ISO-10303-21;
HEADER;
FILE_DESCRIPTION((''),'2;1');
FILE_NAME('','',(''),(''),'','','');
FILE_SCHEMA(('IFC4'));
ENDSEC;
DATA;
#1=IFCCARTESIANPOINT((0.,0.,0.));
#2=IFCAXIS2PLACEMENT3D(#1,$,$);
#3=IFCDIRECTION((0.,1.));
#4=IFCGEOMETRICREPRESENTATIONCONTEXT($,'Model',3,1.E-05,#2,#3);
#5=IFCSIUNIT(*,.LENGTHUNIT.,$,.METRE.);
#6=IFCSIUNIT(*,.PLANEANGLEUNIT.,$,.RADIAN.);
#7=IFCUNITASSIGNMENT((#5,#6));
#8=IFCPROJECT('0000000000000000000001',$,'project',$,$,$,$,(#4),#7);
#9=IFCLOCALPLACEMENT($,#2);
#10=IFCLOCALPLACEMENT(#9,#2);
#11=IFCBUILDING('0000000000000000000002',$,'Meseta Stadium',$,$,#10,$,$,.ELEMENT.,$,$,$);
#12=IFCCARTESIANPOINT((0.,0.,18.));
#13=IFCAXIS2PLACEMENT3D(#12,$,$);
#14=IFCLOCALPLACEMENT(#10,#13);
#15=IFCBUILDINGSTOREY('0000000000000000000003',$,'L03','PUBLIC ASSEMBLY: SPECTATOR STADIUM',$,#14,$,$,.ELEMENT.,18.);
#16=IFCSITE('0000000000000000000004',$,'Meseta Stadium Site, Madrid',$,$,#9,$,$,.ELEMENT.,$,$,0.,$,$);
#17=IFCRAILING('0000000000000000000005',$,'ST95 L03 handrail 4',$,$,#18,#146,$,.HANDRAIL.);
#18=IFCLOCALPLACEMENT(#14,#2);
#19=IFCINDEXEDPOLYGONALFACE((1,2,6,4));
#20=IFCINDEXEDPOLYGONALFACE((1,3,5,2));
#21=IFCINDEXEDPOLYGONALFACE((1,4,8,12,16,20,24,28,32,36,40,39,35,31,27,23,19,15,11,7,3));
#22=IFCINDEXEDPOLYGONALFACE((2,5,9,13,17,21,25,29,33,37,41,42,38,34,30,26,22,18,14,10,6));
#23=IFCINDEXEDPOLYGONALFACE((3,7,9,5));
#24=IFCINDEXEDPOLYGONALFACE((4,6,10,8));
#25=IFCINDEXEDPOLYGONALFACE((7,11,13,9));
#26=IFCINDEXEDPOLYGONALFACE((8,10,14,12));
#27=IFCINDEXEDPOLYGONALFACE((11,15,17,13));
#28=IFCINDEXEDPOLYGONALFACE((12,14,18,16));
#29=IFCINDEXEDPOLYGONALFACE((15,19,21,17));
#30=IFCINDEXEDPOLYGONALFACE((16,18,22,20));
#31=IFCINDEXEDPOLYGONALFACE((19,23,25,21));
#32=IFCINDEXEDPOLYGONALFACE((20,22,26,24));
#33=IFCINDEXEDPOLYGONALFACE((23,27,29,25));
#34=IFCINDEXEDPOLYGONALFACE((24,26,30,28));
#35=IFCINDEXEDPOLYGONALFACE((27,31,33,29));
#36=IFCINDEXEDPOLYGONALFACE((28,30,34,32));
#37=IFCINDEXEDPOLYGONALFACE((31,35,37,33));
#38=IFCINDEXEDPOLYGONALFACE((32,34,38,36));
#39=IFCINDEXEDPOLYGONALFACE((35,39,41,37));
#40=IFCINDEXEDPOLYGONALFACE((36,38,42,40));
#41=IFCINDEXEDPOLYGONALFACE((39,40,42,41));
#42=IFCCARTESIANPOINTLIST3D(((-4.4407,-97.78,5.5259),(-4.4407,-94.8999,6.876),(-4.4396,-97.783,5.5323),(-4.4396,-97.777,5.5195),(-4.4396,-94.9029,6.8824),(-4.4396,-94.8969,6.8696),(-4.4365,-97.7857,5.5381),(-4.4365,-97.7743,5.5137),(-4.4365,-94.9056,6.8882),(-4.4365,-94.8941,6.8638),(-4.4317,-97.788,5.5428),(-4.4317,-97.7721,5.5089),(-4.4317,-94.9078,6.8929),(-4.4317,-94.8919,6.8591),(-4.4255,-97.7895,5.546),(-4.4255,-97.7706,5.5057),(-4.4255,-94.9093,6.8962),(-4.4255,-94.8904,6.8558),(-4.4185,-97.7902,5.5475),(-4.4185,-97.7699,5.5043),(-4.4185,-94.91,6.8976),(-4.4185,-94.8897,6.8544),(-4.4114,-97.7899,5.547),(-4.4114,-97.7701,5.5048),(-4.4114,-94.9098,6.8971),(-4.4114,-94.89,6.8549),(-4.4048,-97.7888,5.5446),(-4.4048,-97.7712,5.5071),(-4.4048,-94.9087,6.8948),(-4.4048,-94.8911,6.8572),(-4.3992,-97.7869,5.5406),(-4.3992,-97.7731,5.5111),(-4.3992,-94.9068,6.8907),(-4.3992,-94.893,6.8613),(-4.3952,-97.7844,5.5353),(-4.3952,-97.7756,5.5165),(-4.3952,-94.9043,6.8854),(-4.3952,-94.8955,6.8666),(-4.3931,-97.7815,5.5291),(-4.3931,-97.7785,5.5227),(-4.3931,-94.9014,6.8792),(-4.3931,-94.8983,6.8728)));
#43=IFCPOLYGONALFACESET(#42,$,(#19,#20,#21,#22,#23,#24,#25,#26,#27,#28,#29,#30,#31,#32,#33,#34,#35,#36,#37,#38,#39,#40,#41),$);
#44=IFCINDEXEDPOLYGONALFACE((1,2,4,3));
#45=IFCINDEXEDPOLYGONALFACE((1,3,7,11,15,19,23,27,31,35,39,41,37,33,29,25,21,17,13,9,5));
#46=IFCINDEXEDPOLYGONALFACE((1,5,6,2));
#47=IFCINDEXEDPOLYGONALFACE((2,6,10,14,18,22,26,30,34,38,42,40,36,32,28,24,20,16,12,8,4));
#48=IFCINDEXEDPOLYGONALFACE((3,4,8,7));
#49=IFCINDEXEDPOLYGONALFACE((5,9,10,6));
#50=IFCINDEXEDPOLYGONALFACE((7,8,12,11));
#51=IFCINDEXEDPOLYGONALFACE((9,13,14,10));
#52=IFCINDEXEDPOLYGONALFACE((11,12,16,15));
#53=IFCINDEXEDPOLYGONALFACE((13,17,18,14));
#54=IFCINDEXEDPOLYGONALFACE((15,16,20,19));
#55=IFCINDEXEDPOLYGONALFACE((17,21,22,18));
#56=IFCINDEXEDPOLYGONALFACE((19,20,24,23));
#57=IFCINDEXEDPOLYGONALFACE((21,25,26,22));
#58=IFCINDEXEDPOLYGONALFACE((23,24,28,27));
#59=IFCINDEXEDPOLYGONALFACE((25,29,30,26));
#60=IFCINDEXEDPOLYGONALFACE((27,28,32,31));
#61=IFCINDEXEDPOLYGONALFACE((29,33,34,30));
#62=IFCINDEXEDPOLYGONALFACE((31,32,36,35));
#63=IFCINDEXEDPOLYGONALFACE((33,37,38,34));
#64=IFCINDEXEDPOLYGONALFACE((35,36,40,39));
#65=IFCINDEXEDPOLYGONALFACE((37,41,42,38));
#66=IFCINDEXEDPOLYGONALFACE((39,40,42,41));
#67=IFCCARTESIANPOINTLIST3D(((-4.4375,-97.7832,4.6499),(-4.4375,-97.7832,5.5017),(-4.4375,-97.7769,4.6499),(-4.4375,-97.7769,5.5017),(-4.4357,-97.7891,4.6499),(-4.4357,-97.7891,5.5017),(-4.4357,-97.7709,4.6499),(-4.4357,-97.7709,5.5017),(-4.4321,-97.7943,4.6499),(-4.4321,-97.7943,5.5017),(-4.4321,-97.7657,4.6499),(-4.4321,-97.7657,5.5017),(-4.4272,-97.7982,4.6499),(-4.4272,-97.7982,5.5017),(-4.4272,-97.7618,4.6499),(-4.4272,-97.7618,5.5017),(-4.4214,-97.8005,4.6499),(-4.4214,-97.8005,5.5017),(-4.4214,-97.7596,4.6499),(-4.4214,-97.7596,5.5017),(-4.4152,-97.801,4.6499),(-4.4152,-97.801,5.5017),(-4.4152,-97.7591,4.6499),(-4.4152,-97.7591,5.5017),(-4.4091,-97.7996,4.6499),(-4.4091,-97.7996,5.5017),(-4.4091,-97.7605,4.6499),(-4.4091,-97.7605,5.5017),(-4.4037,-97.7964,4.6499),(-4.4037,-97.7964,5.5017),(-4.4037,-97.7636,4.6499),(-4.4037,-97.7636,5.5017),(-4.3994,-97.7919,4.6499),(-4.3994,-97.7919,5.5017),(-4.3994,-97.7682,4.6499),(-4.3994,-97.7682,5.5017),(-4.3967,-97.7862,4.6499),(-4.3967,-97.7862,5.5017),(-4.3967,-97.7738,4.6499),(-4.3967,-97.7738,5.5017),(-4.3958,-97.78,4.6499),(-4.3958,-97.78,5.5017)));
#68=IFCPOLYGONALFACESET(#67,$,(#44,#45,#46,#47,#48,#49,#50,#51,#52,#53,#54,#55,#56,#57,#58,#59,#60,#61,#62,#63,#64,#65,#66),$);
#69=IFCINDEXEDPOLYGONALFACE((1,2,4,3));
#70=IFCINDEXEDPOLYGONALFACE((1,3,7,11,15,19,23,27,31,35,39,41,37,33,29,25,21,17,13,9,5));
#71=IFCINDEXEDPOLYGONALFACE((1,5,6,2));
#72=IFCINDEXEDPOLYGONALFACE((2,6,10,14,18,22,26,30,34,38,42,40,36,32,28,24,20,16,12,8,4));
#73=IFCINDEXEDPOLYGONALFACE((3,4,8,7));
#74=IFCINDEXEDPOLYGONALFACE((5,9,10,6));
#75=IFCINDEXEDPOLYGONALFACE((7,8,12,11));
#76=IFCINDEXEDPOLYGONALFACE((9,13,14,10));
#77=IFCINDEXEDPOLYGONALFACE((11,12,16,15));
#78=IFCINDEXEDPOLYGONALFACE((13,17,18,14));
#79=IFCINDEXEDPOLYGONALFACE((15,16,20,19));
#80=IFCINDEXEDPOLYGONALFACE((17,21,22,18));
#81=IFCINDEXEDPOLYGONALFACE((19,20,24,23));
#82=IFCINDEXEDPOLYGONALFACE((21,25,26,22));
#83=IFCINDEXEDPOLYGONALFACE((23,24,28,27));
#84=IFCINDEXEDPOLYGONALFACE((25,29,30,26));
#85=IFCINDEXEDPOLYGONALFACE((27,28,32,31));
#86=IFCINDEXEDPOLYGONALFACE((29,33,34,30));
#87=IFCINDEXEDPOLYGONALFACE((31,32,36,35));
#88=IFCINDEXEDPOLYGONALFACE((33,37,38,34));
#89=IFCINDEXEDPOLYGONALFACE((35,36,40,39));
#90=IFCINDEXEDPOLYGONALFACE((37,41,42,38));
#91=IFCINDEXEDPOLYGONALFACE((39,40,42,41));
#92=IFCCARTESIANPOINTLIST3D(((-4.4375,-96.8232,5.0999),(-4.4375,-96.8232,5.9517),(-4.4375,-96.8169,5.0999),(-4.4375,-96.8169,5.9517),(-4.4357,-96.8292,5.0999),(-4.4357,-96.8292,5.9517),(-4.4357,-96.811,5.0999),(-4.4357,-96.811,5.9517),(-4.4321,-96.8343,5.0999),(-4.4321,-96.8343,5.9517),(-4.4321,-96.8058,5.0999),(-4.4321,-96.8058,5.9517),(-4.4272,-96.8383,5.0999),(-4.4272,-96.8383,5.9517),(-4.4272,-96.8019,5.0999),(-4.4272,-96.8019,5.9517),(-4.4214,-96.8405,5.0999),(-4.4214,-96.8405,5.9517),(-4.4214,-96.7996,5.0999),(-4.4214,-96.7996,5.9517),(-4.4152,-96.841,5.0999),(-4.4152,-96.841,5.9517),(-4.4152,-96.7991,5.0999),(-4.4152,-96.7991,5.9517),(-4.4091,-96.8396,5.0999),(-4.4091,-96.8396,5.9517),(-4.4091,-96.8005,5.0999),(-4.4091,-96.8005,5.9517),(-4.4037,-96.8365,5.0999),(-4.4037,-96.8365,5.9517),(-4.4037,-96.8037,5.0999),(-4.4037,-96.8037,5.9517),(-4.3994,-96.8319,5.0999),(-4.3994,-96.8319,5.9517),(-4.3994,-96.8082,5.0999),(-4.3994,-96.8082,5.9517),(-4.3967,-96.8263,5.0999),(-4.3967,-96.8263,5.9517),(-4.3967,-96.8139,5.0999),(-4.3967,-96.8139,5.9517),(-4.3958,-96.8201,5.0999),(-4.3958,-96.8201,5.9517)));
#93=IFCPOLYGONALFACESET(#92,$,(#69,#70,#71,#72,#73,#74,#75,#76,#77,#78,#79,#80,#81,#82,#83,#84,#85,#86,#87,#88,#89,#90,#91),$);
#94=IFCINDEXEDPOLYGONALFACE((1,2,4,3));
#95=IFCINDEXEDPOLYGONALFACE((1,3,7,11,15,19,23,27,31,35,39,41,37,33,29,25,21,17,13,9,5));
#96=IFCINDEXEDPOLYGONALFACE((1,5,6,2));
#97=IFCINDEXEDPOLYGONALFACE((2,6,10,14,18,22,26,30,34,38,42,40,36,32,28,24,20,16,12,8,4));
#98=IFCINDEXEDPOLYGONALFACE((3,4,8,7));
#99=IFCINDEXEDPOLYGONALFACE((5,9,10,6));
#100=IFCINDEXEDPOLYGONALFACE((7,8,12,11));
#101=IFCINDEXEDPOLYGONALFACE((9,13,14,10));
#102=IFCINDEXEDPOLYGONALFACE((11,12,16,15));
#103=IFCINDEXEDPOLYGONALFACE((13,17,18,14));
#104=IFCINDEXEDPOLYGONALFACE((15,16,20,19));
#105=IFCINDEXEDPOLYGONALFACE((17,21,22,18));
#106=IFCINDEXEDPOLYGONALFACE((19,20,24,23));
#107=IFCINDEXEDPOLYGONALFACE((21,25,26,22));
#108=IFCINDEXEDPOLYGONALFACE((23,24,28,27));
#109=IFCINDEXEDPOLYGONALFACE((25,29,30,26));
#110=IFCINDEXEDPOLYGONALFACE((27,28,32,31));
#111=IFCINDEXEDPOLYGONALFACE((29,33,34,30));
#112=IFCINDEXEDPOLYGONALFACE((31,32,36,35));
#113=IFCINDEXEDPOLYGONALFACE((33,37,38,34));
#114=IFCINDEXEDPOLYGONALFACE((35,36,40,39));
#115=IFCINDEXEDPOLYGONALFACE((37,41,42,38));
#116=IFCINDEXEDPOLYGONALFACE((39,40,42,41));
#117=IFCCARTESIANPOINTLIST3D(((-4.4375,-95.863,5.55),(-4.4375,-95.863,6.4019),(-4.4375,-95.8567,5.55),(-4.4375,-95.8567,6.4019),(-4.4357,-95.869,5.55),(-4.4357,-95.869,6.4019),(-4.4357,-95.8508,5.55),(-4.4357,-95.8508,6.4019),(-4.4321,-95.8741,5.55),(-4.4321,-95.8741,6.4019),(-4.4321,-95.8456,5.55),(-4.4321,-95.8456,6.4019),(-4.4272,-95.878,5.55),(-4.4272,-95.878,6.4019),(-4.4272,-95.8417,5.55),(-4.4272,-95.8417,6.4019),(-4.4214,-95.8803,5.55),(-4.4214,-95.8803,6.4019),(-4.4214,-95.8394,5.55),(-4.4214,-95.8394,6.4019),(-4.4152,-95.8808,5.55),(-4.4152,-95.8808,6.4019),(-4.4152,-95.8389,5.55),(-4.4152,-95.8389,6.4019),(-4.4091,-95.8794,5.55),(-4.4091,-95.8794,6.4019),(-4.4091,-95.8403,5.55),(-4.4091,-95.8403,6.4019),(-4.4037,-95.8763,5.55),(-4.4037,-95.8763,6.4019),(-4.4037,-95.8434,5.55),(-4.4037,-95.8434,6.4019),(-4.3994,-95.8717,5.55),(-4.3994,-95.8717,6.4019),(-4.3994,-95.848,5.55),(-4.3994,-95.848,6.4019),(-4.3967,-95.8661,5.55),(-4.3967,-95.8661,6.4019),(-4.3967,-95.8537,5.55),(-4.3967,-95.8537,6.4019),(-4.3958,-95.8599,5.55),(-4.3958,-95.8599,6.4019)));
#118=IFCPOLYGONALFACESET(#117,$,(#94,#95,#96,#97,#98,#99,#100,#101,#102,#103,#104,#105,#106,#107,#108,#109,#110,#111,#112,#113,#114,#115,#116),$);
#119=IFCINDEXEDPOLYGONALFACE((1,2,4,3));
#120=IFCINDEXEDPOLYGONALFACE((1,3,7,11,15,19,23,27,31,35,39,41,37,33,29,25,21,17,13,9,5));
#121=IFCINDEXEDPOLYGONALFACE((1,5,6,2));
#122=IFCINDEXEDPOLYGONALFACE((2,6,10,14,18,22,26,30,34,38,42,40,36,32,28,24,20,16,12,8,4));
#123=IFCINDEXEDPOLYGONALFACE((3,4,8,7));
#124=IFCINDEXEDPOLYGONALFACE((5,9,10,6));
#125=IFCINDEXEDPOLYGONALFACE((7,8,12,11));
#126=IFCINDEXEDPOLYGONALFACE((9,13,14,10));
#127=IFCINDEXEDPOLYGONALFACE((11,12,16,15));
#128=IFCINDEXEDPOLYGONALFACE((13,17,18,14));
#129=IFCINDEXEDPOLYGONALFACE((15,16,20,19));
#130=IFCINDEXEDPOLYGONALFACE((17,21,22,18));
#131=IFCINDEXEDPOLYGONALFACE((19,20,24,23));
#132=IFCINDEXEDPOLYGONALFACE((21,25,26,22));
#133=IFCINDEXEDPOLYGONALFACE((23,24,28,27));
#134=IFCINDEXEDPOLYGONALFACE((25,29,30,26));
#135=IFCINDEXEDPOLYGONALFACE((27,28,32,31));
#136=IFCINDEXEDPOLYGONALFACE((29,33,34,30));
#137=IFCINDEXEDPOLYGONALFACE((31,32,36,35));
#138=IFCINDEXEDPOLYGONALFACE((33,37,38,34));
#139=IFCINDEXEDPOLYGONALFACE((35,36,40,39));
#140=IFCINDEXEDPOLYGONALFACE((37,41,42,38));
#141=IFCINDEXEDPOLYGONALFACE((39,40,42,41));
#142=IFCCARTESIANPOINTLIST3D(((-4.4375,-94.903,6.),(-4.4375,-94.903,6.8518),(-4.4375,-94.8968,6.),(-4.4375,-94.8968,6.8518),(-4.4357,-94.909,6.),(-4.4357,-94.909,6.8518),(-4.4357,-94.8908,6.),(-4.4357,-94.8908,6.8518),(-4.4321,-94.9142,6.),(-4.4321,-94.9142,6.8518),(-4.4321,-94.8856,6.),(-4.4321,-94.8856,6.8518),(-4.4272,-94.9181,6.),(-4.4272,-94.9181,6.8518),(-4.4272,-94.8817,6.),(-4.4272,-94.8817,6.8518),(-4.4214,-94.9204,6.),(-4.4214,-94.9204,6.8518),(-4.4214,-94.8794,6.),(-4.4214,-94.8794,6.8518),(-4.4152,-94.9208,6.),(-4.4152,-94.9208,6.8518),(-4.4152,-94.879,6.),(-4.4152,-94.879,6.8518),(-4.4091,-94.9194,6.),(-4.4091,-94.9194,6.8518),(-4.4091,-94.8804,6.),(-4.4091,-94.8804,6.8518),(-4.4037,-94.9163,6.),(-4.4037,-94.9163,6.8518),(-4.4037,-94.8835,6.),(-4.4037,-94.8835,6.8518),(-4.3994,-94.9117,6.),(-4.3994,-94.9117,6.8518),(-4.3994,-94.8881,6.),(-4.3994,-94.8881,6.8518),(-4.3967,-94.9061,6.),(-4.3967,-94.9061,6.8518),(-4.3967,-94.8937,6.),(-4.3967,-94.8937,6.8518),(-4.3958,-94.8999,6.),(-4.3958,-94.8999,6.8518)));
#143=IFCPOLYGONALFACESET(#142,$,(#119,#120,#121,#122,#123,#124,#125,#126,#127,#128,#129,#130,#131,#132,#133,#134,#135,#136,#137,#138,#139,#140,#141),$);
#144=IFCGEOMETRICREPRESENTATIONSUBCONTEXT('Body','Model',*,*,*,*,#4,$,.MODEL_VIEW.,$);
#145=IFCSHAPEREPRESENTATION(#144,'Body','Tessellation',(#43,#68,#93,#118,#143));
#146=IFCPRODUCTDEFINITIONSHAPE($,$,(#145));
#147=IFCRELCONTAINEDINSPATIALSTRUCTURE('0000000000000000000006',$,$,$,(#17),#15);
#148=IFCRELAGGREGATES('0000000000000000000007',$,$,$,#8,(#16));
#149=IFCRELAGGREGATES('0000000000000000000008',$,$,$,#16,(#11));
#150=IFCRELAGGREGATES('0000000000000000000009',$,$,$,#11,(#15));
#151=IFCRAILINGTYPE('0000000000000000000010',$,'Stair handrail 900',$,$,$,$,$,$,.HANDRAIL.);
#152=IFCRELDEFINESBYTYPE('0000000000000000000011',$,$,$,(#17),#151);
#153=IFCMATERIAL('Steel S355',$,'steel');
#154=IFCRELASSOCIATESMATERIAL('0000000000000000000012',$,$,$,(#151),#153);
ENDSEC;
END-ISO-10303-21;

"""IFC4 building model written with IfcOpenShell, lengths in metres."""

from ifc_helpers import new_model, si_unit, direction, frame, origin, origin_2d, place, context, subcontext, project, spatial, circle, extrude, material, type_object, element, save


model = new_model("IFC4")

# Units and contexts
model_context = context("Model", 3, precision=1e-05, world=origin(), true_north=direction((0.0, 1.0)))
body_context = subcontext(model_context, "Body", "Model", "MODEL_VIEW")
ifc_project = project(units=[si_unit("LENGTHUNIT", "METRE"), si_unit("PLANEANGLEUNIT", "RADIAN")], contexts=[model_context])

# Site, building, storey
site_placement = place(None, origin())
site = spatial("IfcSite", under=ifc_project, at=site_placement, Name="Meseta Stadium Site, Madrid", CompositionType="ELEMENT", RefElevation=0.0)
building_placement = place(site_placement, origin())
building = spatial("IfcBuilding", under=site, at=building_placement, Name="Meseta Stadium", CompositionType="ELEMENT")
storey_placement = place(building_placement, frame((0.0, 0.0, 18.0)))
storey = spatial("IfcBuildingStorey", under=building, at=storey_placement, Name="L03", Description="PUBLIC ASSEMBLY: SPECTATOR STADIUM", CompositionType="ELEMENT", Elevation=18.0)

# Railing
ifc_material_1 = material(Name="Steel S355", Category="steel")
railing_type_1 = type_object("IfcRailingType", Name="Stair handrail 900", PredefinedType="HANDRAIL", material=ifc_material_1)
for number, where, name in (
    (1, (-4.4167, -97.78, 4.6499), "ST95 L03 handrail 4"),
):
    element("IfcRailing", number, at=place(storey_placement, frame(where)), inside=storey, type_object=railing_type_1, Name=name, PredefinedType="HANDRAIL", context=body_context, shape_type="SweptSolid", body=[
        extrude(circle(Radius=0.0239, at=origin_2d()), frame((0.0, 0.0, 0.876), z_axis=(0.0, 0.905454, 0.424444), x_axis=(-1.0, 0.0, 0.0)), (0.0, 0.0, 1.0), 3.1809),
        extrude(circle(Radius=0.021, at=origin_2d()), origin(), (0.0, 0.0, 1.0), 0.8518),
        extrude(circle(Radius=0.021, at=origin_2d()), frame((0.0, 0.96, 0.45)), (0.0, 0.0, 1.0), 0.8518),
        extrude(circle(Radius=0.021, at=origin_2d()), frame((0.0, 1.9202, 0.9001)), (0.0, 0.0, 1.0), 0.8518),
        extrude(circle(Radius=0.021, at=origin_2d()), frame((0.0, 2.8801, 1.3501)), (0.0, 0.0, 1.0), 0.8518),
    ])

save(model, "model.ifc")
